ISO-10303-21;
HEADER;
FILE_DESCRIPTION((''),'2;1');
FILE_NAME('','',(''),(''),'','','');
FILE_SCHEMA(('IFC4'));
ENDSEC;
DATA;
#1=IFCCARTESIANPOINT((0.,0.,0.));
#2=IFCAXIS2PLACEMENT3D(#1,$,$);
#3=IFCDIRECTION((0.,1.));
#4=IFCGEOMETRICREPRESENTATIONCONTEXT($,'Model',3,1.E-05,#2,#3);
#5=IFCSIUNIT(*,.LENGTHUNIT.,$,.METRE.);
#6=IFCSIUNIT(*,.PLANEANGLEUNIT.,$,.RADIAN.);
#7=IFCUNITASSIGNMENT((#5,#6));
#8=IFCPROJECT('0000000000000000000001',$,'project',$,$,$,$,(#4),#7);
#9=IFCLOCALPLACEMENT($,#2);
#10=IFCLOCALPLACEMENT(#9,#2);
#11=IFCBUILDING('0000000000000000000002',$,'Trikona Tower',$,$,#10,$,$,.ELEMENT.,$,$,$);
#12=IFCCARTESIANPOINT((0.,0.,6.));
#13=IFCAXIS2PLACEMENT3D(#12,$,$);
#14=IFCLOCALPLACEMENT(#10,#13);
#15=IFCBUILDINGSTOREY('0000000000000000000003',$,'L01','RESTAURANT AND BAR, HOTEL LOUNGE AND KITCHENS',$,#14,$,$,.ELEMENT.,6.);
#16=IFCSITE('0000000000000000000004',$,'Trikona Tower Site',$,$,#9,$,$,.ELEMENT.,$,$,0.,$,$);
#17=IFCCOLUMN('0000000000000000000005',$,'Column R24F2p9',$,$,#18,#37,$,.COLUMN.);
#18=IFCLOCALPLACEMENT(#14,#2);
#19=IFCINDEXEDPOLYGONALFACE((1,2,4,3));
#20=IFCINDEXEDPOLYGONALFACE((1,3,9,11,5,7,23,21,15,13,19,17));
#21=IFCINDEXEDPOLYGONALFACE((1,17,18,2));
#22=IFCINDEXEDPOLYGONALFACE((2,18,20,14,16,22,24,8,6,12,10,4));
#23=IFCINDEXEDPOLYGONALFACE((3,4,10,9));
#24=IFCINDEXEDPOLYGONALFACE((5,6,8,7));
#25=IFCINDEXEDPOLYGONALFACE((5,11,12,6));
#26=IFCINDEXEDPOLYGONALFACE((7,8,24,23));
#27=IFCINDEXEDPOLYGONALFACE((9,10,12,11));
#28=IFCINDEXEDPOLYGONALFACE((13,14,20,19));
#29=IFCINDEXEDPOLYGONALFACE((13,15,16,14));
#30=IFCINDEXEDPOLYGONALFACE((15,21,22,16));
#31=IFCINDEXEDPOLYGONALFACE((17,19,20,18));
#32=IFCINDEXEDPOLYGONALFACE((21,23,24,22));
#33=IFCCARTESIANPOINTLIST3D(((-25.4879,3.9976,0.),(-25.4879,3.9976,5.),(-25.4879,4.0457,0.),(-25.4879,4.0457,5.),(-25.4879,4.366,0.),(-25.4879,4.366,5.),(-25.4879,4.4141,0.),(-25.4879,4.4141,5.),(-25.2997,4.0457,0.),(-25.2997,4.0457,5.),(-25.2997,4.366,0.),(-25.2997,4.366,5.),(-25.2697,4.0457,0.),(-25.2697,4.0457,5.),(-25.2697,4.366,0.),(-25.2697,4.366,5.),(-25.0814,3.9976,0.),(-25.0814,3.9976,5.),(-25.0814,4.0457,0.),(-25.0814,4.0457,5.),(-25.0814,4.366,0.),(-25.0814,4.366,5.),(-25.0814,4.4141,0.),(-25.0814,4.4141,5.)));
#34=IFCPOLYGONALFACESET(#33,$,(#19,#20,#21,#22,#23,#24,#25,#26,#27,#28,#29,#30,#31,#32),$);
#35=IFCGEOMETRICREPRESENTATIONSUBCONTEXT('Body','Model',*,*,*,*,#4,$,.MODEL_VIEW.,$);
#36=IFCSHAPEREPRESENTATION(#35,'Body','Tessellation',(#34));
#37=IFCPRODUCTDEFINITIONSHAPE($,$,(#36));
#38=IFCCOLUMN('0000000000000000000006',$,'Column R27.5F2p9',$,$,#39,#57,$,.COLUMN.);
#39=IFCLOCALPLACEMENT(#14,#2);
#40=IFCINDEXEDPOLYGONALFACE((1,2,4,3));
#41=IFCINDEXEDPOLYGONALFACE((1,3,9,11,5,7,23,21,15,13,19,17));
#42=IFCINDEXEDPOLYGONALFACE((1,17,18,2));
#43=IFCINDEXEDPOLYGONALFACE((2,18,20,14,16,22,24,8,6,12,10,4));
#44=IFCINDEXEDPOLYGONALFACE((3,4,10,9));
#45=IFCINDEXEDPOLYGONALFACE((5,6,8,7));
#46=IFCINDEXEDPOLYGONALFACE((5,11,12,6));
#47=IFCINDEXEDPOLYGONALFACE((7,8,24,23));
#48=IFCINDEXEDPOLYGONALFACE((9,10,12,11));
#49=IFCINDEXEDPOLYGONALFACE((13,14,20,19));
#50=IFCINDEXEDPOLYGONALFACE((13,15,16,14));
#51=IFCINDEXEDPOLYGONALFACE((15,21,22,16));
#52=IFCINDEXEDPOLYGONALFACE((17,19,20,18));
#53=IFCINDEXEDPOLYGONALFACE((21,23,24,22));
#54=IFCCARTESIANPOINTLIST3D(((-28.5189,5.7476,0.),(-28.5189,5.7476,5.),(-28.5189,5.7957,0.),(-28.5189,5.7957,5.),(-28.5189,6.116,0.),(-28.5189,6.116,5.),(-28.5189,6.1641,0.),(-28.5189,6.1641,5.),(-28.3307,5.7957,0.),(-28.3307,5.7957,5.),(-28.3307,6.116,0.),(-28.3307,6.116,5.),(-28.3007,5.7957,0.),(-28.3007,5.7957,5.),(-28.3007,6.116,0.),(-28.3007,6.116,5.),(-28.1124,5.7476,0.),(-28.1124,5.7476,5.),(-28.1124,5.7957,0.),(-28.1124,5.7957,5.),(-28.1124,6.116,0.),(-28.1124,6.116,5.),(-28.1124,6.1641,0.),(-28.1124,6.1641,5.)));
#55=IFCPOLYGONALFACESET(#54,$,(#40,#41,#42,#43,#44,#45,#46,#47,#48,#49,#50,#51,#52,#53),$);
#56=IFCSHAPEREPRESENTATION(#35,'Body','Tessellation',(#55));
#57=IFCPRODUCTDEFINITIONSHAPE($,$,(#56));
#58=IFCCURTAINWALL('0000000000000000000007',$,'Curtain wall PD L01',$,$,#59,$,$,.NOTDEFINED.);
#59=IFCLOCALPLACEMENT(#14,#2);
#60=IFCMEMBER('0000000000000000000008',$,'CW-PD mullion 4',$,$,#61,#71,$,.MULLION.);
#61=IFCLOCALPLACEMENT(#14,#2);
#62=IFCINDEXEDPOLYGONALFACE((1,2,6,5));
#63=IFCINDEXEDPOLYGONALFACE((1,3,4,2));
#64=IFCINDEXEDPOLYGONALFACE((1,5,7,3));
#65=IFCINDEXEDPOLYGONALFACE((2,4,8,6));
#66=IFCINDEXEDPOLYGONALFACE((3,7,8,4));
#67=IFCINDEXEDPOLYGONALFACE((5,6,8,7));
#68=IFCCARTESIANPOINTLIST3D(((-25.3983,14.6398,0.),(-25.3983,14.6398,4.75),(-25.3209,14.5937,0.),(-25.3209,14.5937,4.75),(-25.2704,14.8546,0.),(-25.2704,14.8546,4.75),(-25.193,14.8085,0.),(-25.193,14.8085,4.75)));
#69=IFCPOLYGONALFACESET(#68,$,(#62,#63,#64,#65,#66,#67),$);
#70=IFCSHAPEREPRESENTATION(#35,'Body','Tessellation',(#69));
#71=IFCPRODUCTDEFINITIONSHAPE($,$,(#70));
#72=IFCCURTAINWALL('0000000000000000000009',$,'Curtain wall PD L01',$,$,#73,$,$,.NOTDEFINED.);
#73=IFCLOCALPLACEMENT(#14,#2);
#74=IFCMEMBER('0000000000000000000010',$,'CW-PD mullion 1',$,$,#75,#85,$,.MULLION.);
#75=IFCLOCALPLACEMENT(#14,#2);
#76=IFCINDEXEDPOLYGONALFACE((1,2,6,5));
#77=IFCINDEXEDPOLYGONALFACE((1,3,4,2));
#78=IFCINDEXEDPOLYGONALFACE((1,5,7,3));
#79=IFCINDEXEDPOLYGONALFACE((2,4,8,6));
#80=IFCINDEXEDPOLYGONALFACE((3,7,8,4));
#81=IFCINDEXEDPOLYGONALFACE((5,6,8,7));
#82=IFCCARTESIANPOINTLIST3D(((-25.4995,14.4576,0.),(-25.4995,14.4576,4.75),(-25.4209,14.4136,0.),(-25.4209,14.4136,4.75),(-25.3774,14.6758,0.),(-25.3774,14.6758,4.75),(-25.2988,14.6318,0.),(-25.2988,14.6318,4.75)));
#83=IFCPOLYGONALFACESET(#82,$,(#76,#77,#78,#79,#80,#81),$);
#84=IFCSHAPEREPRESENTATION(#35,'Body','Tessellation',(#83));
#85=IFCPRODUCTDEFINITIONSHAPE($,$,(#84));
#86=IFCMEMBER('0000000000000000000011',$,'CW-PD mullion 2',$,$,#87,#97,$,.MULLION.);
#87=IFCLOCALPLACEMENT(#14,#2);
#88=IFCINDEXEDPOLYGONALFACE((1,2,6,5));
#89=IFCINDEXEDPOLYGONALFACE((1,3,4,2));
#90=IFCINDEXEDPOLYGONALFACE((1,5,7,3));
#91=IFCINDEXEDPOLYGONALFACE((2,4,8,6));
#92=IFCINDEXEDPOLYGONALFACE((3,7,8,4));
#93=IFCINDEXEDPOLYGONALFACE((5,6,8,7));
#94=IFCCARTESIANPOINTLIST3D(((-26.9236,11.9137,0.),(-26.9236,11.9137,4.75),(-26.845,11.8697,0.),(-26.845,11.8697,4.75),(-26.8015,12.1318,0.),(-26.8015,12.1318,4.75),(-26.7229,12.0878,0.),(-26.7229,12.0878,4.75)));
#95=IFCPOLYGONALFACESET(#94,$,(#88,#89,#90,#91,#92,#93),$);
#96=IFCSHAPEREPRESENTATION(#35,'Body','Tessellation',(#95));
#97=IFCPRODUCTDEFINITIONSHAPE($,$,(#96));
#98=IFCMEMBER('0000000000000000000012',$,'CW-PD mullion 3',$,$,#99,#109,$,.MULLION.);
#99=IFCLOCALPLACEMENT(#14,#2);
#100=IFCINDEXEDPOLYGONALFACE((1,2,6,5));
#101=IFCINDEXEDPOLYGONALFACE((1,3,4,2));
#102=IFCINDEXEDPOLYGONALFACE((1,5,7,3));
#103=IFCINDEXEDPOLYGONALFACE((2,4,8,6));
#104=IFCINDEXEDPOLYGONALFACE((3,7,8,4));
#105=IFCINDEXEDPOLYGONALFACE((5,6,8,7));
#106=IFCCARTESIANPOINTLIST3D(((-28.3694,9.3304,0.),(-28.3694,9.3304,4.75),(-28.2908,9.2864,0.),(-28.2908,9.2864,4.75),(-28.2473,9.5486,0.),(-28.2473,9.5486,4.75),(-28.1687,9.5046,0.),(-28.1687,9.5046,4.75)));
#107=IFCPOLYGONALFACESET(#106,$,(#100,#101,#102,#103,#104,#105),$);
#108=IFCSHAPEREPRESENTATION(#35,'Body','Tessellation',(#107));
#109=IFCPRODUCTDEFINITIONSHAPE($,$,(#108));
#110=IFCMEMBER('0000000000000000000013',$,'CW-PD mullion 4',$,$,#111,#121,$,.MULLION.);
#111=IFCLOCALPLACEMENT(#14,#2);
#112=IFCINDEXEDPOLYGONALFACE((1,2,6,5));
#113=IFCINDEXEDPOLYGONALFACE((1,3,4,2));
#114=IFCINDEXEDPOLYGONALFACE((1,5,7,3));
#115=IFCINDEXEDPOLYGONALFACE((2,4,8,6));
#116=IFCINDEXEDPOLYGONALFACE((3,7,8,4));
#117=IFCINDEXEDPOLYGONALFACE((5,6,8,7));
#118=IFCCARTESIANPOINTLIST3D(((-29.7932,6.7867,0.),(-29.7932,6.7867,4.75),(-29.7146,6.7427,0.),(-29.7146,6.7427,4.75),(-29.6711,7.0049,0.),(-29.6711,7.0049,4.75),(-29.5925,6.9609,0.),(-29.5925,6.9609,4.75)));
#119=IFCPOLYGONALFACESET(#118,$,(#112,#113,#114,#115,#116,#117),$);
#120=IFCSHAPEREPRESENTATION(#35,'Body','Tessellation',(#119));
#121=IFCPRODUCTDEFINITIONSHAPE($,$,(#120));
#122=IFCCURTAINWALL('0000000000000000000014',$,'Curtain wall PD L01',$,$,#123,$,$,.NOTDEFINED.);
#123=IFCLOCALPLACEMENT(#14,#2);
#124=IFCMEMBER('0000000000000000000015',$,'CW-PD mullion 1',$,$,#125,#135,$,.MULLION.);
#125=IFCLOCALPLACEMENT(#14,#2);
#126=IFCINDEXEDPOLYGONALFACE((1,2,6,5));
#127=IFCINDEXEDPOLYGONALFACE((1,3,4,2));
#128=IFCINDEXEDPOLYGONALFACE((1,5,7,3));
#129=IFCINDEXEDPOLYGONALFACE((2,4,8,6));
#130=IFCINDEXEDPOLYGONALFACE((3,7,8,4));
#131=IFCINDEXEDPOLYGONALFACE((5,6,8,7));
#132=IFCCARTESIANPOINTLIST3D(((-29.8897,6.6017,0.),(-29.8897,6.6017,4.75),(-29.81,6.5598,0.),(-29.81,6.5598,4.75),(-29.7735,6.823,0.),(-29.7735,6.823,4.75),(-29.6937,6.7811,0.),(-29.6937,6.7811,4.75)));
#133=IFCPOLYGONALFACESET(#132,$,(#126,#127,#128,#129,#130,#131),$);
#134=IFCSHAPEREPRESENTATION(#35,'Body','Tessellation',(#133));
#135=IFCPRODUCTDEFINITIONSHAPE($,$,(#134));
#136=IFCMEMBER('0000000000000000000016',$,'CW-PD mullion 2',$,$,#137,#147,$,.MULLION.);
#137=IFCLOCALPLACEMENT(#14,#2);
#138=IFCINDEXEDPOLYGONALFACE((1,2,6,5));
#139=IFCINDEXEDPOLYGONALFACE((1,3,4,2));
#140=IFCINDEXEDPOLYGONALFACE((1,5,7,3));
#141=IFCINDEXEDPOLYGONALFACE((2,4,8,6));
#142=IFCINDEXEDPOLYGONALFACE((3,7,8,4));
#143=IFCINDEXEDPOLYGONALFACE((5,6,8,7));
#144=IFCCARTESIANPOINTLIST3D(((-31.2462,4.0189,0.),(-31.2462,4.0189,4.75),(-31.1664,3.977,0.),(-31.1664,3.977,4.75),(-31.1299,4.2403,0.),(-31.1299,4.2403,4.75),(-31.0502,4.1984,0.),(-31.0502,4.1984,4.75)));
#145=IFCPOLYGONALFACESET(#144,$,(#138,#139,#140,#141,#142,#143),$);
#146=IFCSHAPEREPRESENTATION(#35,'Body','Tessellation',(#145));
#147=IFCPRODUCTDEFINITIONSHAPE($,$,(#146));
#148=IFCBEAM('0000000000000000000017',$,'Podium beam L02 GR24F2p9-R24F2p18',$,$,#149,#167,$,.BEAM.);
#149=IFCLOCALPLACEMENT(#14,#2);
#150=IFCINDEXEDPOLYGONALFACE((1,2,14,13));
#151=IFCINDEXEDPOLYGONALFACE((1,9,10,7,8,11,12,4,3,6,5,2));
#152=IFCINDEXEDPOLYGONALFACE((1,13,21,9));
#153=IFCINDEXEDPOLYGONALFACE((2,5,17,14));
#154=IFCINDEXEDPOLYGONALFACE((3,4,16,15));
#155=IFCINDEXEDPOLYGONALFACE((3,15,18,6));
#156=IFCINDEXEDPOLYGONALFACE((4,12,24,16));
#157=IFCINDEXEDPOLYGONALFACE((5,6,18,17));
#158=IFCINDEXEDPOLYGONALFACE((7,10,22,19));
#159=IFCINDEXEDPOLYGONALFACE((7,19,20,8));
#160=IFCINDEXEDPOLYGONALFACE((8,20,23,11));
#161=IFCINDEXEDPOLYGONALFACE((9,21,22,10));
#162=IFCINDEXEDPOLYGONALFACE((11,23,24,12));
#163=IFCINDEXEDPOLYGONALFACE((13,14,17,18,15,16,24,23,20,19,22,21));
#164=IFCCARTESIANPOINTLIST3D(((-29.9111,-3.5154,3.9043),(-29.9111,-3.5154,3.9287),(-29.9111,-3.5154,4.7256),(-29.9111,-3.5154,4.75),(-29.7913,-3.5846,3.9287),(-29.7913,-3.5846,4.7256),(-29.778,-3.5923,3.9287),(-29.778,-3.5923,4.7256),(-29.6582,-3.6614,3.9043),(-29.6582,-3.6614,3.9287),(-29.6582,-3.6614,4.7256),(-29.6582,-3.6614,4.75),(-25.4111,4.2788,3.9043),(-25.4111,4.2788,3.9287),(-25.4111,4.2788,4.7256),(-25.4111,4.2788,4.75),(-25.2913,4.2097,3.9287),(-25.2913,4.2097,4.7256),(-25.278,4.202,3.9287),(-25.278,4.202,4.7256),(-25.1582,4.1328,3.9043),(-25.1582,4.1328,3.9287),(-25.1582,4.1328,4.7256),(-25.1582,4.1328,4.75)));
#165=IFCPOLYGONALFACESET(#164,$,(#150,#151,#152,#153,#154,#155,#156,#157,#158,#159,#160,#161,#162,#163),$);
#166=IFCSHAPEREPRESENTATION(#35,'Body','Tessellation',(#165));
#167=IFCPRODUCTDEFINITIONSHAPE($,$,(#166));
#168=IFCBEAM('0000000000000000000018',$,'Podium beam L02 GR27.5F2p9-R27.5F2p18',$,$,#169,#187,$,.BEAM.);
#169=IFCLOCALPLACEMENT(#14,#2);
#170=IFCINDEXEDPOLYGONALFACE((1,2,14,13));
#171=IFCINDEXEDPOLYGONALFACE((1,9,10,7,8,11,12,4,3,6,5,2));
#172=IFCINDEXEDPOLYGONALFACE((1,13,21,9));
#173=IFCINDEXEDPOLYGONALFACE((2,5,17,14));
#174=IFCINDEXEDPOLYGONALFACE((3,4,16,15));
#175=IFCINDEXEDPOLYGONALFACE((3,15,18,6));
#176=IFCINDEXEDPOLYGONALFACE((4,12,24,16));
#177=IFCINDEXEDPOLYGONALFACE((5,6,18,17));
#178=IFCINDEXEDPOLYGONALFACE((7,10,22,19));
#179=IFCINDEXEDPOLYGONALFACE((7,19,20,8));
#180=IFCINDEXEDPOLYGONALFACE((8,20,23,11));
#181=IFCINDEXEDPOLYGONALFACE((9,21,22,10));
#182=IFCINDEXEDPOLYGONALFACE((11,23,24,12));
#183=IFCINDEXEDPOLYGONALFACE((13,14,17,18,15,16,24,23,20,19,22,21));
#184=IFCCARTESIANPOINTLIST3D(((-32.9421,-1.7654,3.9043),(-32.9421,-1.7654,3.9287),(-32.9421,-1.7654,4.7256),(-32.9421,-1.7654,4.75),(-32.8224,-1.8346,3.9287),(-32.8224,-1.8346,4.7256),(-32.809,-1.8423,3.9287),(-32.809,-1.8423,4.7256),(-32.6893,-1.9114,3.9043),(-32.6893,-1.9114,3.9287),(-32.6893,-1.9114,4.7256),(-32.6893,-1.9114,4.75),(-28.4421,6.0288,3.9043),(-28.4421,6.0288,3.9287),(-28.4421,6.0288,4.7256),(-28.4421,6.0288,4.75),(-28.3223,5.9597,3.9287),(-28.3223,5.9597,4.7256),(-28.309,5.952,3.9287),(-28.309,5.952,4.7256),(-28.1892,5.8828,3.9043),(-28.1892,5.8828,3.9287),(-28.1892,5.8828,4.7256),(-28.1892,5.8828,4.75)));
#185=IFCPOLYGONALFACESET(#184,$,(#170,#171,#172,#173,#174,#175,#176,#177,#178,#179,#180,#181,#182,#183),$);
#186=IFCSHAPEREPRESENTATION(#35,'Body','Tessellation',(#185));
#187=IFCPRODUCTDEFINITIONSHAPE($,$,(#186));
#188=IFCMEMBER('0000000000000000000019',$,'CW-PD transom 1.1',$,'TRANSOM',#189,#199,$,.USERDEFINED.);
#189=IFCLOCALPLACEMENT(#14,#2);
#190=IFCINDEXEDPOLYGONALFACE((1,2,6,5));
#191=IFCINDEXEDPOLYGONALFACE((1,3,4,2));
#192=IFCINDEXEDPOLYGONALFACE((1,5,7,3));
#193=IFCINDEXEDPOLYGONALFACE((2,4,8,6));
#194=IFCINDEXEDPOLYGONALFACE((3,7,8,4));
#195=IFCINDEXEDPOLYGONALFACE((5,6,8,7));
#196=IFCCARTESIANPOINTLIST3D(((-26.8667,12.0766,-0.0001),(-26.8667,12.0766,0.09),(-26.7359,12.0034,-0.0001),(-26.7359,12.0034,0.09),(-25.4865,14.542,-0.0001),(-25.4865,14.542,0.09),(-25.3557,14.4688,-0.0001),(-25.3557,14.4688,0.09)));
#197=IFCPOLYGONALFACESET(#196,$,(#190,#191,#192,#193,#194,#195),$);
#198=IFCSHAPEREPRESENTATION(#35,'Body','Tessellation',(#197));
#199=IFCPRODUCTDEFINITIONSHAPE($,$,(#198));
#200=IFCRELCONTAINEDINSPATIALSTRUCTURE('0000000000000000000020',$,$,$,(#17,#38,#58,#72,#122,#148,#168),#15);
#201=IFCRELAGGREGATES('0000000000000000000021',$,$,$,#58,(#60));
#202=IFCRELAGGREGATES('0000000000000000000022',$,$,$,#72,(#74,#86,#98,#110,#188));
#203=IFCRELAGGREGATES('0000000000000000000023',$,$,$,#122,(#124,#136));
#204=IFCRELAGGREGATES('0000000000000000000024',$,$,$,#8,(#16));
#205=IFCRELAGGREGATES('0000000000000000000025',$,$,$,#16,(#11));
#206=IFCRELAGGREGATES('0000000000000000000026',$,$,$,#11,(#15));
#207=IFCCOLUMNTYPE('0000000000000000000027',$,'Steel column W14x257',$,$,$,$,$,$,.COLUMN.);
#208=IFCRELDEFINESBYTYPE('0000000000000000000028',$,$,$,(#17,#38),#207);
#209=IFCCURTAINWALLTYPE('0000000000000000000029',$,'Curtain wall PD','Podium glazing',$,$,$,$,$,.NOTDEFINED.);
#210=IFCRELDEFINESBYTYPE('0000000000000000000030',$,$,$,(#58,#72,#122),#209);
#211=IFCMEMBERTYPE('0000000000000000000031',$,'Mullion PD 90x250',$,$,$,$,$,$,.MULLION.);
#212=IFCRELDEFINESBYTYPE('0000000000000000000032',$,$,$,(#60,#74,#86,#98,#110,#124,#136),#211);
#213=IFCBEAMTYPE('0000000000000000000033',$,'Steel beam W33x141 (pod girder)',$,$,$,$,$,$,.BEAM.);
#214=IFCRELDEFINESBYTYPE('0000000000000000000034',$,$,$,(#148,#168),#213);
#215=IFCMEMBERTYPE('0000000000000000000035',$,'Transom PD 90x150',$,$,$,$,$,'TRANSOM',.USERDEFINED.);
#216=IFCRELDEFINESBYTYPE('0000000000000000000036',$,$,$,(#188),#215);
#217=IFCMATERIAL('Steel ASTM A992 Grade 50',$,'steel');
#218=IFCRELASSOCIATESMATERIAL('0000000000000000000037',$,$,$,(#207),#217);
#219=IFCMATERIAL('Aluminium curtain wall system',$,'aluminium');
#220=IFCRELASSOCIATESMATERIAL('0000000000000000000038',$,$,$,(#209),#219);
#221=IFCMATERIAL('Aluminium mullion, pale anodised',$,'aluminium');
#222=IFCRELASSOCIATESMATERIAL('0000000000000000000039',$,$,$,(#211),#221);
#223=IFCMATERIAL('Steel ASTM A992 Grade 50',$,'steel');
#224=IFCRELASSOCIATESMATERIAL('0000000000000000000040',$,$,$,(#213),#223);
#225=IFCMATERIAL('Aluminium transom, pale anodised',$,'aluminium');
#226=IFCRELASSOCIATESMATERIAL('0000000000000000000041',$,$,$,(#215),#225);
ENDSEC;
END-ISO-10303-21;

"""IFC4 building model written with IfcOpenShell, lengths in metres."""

from ifc_helpers import new_model, si_unit, direction, frame, origin, origin_2d, place, context, subcontext, project, spatial, rectangle, i_section, extrude, material, material_profile, profile_set, type_object, element, aggregate, save


model = new_model("IFC4")

# Units and contexts
model_context = context("Model", 3, precision=1e-05, world=origin(), true_north=direction((0.0, 1.0)))
body_context = subcontext(model_context, "Body", "Model", "MODEL_VIEW")
ifc_project = project(units=[si_unit("LENGTHUNIT", "METRE"), si_unit("PLANEANGLEUNIT", "RADIAN")], contexts=[model_context])

# Site, building, storey
site_placement = place(None, origin())
site = spatial("IfcSite", under=ifc_project, at=site_placement, Name="Trikona Tower Site", CompositionType="ELEMENT", RefElevation=0.0)
building_placement = place(site_placement, origin())
building = spatial("IfcBuilding", under=site, at=building_placement, Name="Trikona Tower", CompositionType="ELEMENT")
storey_placement = place(building_placement, frame((0.0, 0.0, 6.0)))
storey = spatial("IfcBuildingStorey", under=building, at=storey_placement, Name="L01", Description="RESTAURANT AND BAR, HOTEL LOUNGE AND KITCHENS", CompositionType="ELEMENT", Elevation=6.0)

# Columns
ifc_material_1 = material(Name="Steel ASTM A992 Grade 50", Category="steel")
ifc_material_profile_1 = material_profile(ifc_material_1, i_section(OverallWidth=0.4065, OverallDepth=0.4165, WebThickness=0.03, FlangeThickness=0.0481, at=origin_2d()), Name="W14X257")
ifc_profile_set_1 = profile_set([ifc_material_profile_1], Name="Steel ASTM A992 Grade 50")
column_type = type_object("IfcColumnType", Name="Steel column W14x257", PredefinedType="COLUMN", material=ifc_profile_set_1)
for number, where, z_axis, x_axis, name in (
    (1, (-25.2847, 4.2058, 0.0), (0.0, 0.0, 1.0), (1.0, 0.0, 0.0), "Column R24F2p9"),
    (2, (-28.3157, 5.9558, 0.0), (0.0, 0.0, 1.0), (1.0, 0.0, 0.0), "Column R27.5F2p9"),
):
    element("IfcColumn", number, at=place(storey_placement, frame(where, z_axis=z_axis, x_axis=x_axis)), inside=storey, type_object=column_type, Name=name, PredefinedType="COLUMN", context=body_context, shape_type="SweptSolid", body=[
        extrude(i_section(OverallWidth=0.4065, OverallDepth=0.4165, WebThickness=0.03, FlangeThickness=0.0481, at=origin_2d()), origin(), (0.0, 0.0, 1.0), 5.0),
    ])

# Curtain wall, member
ifc_material_2 = material(Name="Aluminium curtain wall system", Category="aluminium")
curtain_wall_type = type_object("IfcCurtainWallType", Name="Curtain wall PD", Description="Podium glazing", PredefinedType="NOTDEFINED", material=ifc_material_2)
curtain_wall_1_placement = place(storey_placement, origin())
curtain_wall_1 = element("IfcCurtainWall", 3, at=curtain_wall_1_placement, inside=storey, type_object=curtain_wall_type, Name="Curtain wall PD L01", PredefinedType="NOTDEFINED")
ifc_material_3 = material(Name="Aluminium mullion, pale anodised", Category="aluminium")
ifc_material_profile_2 = material_profile(ifc_material_3, rectangle(XDim=0.0901, YDim=0.25, at=origin_2d()), Name="MUL-PD")
ifc_profile_set_2 = profile_set([ifc_material_profile_2], Name="Aluminium mullion, pale anodised")
member_type_1 = type_object("IfcMemberType", Name="Mullion PD 90x250", PredefinedType="MULLION", material=ifc_profile_set_2)
member_1_placement = place(storey_placement, frame((-25.2957, 14.7241, 0.0), z_axis=(0.0, 0.0, 1.0), x_axis=(0.859284, -0.511499, 0.0)))
member_1 = element("IfcMember", 4, at=member_1_placement, type_object=member_type_1, Name="CW-PD mullion 4", PredefinedType="MULLION", context=body_context, shape_type="SweptSolid", body=[
    extrude(rectangle(XDim=0.0901, YDim=0.25, at=origin_2d()), origin(), (0.0, 0.0, 1.0), 4.75),
])

# Curtain walls, members
curtain_wall_2_placement = place(storey_placement, origin())
curtain_wall_2 = element("IfcCurtainWall", 5, at=curtain_wall_2_placement, inside=storey, type_object=curtain_wall_type, Name="Curtain wall PD L01", PredefinedType="NOTDEFINED")
member_2_placement = place(storey_placement, frame((-25.3992, 14.5447, 0.0), z_axis=(0.0, 0.0, 1.0), x_axis=(0.872613, -0.488413, 0.0)))
member_2 = element("IfcMember", 6, at=member_2_placement, type_object=member_type_1, Name="CW-PD mullion 1", PredefinedType="MULLION", context=body_context, shape_type="SweptSolid", body=[
    extrude(rectangle(XDim=0.0901, YDim=0.25, at=origin_2d()), origin(), (0.0, 0.0, 1.0), 4.75),
])
member_3_placement = place(storey_placement, frame((-26.8232, 12.0007, 0.0), z_axis=(0.0, 0.0, 1.0), x_axis=(0.872613, -0.488413, 0.0)))
member_3 = element("IfcMember", 7, at=member_3_placement, type_object=member_type_1, Name="CW-PD mullion 2", PredefinedType="MULLION", context=body_context, shape_type="SweptSolid", body=[
    extrude(rectangle(XDim=0.0901, YDim=0.25, at=origin_2d()), origin(), (0.0, 0.0, 1.0), 4.75),
])
member_4_placement = place(storey_placement, frame((-28.269, 9.4175, 0.0), z_axis=(0.0, 0.0, 1.0), x_axis=(0.872613, -0.488413, 0.0)))
member_4 = element("IfcMember", 8, at=member_4_placement, type_object=member_type_1, Name="CW-PD mullion 3", PredefinedType="MULLION", context=body_context, shape_type="SweptSolid", body=[
    extrude(rectangle(XDim=0.0901, YDim=0.25, at=origin_2d()), origin(), (0.0, 0.0, 1.0), 4.75),
])
member_5_placement = place(storey_placement, frame((-29.6929, 6.8738, 0.0), z_axis=(0.0, 0.0, 1.0), x_axis=(0.872613, -0.488413, 0.0)))
member_5 = element("IfcMember", 9, at=member_5_placement, type_object=member_type_1, Name="CW-PD mullion 4", PredefinedType="MULLION", context=body_context, shape_type="SweptSolid", body=[
    extrude(rectangle(XDim=0.0901, YDim=0.25, at=origin_2d()), origin(), (0.0, 0.0, 1.0), 4.75),
])
curtain_wall_3_placement = place(storey_placement, origin())
curtain_wall_3 = element("IfcCurtainWall", 10, at=curtain_wall_3_placement, inside=storey, type_object=curtain_wall_type, Name="Curtain wall PD L01", PredefinedType="NOTDEFINED")
member_6_placement = place(storey_placement, frame((-29.7917, 6.6914, 0.0), z_axis=(0.0, 0.0, 1.0), x_axis=(0.885322, -0.464979, 0.0)))
member_6 = element("IfcMember", 11, at=member_6_placement, type_object=member_type_1, Name="CW-PD mullion 1", PredefinedType="MULLION", context=body_context, shape_type="SweptSolid", body=[
    extrude(rectangle(XDim=0.0901, YDim=0.25, at=origin_2d()), origin(), (0.0, 0.0, 1.0), 4.75),
])
member_7_placement = place(storey_placement, frame((-31.1482, 4.1086, 0.0), z_axis=(0.0, 0.0, 1.0), x_axis=(0.885322, -0.464979, 0.0)))
member_7 = element("IfcMember", 12, at=member_7_placement, type_object=member_type_1, Name="CW-PD mullion 2", PredefinedType="MULLION", context=body_context, shape_type="SweptSolid", body=[
    extrude(rectangle(XDim=0.0901, YDim=0.25, at=origin_2d()), origin(), (0.0, 0.0, 1.0), 4.75),
])

# Beams
ifc_material_4 = material(Name="Steel ASTM A992 Grade 50", Category="steel")
ifc_material_profile_3 = material_profile(ifc_material_4, i_section(OverallWidth=0.292, OverallDepth=0.8457, WebThickness=0.0154, FlangeThickness=0.0244, at=origin_2d()), Name="W33X141")
ifc_profile_set_3 = profile_set([ifc_material_profile_3], Name="Steel ASTM A992 Grade 50")
beam_type = type_object("IfcBeamType", Name="Steel beam W33x141 (pod girder)", PredefinedType="BEAM", material=ifc_profile_set_3)
for number, where, z_axis, x_axis, name in (
    (13, (-25.2847, 4.2058, 4.3271), (-0.500002, -0.866024, 0.0), (0.866024, -0.500002, 0.0), "Podium beam L02 GR24F2p9-R24F2p18"),
    (14, (-28.3157, 5.9558, 4.3271), (-0.500002, -0.866024, 0.0), (0.866024, -0.500002, 0.0), "Podium beam L02 GR27.5F2p9-R27.5F2p18"),
):
    element("IfcBeam", number, at=place(storey_placement, frame(where, z_axis=z_axis, x_axis=x_axis)), inside=storey, type_object=beam_type, Name=name, PredefinedType="BEAM", context=body_context, shape_type="SweptSolid", body=[
        extrude(i_section(OverallWidth=0.292, OverallDepth=0.8457, WebThickness=0.0154, FlangeThickness=0.0244, at=origin_2d()), origin(), (0.0, 0.0, 1.0), 9.0),
    ])

# Member
ifc_material_5 = material(Name="Aluminium transom, pale anodised", Category="aluminium")
ifc_material_profile_4 = material_profile(ifc_material_5, rectangle(XDim=0.1499, YDim=0.0901, at=origin_2d()), Name="TRN-PD")
ifc_profile_set_4 = profile_set([ifc_material_profile_4], Name="Aluminium transom, pale anodised")
member_type_2 = type_object("IfcMemberType", Name="Transom PD 90x150", ElementType="TRANSOM", PredefinedType="USERDEFINED", material=ifc_profile_set_4)
member_8_placement = place(storey_placement, frame((-25.4211, 14.5054, 0.0449), z_axis=(-0.48848, -0.872575, 0.0), x_axis=(0.872575, -0.48848, 0.0)))
member_8 = element("IfcMember", 15, at=member_8_placement, type_object=member_type_2, Name="CW-PD transom 1.1", ObjectType="TRANSOM", PredefinedType="USERDEFINED", context=body_context, shape_type="SweptSolid", body=[
    extrude(rectangle(XDim=0.1499, YDim=0.0901, at=origin_2d()), origin(), (0.0, 0.0, 1.0), 2.8254),
])

aggregate(curtain_wall_1, [member_1])
aggregate(curtain_wall_2, [member_2, member_3, member_4, member_5, member_8])
aggregate(curtain_wall_3, [member_6, member_7])

save(model, "model.ifc")
